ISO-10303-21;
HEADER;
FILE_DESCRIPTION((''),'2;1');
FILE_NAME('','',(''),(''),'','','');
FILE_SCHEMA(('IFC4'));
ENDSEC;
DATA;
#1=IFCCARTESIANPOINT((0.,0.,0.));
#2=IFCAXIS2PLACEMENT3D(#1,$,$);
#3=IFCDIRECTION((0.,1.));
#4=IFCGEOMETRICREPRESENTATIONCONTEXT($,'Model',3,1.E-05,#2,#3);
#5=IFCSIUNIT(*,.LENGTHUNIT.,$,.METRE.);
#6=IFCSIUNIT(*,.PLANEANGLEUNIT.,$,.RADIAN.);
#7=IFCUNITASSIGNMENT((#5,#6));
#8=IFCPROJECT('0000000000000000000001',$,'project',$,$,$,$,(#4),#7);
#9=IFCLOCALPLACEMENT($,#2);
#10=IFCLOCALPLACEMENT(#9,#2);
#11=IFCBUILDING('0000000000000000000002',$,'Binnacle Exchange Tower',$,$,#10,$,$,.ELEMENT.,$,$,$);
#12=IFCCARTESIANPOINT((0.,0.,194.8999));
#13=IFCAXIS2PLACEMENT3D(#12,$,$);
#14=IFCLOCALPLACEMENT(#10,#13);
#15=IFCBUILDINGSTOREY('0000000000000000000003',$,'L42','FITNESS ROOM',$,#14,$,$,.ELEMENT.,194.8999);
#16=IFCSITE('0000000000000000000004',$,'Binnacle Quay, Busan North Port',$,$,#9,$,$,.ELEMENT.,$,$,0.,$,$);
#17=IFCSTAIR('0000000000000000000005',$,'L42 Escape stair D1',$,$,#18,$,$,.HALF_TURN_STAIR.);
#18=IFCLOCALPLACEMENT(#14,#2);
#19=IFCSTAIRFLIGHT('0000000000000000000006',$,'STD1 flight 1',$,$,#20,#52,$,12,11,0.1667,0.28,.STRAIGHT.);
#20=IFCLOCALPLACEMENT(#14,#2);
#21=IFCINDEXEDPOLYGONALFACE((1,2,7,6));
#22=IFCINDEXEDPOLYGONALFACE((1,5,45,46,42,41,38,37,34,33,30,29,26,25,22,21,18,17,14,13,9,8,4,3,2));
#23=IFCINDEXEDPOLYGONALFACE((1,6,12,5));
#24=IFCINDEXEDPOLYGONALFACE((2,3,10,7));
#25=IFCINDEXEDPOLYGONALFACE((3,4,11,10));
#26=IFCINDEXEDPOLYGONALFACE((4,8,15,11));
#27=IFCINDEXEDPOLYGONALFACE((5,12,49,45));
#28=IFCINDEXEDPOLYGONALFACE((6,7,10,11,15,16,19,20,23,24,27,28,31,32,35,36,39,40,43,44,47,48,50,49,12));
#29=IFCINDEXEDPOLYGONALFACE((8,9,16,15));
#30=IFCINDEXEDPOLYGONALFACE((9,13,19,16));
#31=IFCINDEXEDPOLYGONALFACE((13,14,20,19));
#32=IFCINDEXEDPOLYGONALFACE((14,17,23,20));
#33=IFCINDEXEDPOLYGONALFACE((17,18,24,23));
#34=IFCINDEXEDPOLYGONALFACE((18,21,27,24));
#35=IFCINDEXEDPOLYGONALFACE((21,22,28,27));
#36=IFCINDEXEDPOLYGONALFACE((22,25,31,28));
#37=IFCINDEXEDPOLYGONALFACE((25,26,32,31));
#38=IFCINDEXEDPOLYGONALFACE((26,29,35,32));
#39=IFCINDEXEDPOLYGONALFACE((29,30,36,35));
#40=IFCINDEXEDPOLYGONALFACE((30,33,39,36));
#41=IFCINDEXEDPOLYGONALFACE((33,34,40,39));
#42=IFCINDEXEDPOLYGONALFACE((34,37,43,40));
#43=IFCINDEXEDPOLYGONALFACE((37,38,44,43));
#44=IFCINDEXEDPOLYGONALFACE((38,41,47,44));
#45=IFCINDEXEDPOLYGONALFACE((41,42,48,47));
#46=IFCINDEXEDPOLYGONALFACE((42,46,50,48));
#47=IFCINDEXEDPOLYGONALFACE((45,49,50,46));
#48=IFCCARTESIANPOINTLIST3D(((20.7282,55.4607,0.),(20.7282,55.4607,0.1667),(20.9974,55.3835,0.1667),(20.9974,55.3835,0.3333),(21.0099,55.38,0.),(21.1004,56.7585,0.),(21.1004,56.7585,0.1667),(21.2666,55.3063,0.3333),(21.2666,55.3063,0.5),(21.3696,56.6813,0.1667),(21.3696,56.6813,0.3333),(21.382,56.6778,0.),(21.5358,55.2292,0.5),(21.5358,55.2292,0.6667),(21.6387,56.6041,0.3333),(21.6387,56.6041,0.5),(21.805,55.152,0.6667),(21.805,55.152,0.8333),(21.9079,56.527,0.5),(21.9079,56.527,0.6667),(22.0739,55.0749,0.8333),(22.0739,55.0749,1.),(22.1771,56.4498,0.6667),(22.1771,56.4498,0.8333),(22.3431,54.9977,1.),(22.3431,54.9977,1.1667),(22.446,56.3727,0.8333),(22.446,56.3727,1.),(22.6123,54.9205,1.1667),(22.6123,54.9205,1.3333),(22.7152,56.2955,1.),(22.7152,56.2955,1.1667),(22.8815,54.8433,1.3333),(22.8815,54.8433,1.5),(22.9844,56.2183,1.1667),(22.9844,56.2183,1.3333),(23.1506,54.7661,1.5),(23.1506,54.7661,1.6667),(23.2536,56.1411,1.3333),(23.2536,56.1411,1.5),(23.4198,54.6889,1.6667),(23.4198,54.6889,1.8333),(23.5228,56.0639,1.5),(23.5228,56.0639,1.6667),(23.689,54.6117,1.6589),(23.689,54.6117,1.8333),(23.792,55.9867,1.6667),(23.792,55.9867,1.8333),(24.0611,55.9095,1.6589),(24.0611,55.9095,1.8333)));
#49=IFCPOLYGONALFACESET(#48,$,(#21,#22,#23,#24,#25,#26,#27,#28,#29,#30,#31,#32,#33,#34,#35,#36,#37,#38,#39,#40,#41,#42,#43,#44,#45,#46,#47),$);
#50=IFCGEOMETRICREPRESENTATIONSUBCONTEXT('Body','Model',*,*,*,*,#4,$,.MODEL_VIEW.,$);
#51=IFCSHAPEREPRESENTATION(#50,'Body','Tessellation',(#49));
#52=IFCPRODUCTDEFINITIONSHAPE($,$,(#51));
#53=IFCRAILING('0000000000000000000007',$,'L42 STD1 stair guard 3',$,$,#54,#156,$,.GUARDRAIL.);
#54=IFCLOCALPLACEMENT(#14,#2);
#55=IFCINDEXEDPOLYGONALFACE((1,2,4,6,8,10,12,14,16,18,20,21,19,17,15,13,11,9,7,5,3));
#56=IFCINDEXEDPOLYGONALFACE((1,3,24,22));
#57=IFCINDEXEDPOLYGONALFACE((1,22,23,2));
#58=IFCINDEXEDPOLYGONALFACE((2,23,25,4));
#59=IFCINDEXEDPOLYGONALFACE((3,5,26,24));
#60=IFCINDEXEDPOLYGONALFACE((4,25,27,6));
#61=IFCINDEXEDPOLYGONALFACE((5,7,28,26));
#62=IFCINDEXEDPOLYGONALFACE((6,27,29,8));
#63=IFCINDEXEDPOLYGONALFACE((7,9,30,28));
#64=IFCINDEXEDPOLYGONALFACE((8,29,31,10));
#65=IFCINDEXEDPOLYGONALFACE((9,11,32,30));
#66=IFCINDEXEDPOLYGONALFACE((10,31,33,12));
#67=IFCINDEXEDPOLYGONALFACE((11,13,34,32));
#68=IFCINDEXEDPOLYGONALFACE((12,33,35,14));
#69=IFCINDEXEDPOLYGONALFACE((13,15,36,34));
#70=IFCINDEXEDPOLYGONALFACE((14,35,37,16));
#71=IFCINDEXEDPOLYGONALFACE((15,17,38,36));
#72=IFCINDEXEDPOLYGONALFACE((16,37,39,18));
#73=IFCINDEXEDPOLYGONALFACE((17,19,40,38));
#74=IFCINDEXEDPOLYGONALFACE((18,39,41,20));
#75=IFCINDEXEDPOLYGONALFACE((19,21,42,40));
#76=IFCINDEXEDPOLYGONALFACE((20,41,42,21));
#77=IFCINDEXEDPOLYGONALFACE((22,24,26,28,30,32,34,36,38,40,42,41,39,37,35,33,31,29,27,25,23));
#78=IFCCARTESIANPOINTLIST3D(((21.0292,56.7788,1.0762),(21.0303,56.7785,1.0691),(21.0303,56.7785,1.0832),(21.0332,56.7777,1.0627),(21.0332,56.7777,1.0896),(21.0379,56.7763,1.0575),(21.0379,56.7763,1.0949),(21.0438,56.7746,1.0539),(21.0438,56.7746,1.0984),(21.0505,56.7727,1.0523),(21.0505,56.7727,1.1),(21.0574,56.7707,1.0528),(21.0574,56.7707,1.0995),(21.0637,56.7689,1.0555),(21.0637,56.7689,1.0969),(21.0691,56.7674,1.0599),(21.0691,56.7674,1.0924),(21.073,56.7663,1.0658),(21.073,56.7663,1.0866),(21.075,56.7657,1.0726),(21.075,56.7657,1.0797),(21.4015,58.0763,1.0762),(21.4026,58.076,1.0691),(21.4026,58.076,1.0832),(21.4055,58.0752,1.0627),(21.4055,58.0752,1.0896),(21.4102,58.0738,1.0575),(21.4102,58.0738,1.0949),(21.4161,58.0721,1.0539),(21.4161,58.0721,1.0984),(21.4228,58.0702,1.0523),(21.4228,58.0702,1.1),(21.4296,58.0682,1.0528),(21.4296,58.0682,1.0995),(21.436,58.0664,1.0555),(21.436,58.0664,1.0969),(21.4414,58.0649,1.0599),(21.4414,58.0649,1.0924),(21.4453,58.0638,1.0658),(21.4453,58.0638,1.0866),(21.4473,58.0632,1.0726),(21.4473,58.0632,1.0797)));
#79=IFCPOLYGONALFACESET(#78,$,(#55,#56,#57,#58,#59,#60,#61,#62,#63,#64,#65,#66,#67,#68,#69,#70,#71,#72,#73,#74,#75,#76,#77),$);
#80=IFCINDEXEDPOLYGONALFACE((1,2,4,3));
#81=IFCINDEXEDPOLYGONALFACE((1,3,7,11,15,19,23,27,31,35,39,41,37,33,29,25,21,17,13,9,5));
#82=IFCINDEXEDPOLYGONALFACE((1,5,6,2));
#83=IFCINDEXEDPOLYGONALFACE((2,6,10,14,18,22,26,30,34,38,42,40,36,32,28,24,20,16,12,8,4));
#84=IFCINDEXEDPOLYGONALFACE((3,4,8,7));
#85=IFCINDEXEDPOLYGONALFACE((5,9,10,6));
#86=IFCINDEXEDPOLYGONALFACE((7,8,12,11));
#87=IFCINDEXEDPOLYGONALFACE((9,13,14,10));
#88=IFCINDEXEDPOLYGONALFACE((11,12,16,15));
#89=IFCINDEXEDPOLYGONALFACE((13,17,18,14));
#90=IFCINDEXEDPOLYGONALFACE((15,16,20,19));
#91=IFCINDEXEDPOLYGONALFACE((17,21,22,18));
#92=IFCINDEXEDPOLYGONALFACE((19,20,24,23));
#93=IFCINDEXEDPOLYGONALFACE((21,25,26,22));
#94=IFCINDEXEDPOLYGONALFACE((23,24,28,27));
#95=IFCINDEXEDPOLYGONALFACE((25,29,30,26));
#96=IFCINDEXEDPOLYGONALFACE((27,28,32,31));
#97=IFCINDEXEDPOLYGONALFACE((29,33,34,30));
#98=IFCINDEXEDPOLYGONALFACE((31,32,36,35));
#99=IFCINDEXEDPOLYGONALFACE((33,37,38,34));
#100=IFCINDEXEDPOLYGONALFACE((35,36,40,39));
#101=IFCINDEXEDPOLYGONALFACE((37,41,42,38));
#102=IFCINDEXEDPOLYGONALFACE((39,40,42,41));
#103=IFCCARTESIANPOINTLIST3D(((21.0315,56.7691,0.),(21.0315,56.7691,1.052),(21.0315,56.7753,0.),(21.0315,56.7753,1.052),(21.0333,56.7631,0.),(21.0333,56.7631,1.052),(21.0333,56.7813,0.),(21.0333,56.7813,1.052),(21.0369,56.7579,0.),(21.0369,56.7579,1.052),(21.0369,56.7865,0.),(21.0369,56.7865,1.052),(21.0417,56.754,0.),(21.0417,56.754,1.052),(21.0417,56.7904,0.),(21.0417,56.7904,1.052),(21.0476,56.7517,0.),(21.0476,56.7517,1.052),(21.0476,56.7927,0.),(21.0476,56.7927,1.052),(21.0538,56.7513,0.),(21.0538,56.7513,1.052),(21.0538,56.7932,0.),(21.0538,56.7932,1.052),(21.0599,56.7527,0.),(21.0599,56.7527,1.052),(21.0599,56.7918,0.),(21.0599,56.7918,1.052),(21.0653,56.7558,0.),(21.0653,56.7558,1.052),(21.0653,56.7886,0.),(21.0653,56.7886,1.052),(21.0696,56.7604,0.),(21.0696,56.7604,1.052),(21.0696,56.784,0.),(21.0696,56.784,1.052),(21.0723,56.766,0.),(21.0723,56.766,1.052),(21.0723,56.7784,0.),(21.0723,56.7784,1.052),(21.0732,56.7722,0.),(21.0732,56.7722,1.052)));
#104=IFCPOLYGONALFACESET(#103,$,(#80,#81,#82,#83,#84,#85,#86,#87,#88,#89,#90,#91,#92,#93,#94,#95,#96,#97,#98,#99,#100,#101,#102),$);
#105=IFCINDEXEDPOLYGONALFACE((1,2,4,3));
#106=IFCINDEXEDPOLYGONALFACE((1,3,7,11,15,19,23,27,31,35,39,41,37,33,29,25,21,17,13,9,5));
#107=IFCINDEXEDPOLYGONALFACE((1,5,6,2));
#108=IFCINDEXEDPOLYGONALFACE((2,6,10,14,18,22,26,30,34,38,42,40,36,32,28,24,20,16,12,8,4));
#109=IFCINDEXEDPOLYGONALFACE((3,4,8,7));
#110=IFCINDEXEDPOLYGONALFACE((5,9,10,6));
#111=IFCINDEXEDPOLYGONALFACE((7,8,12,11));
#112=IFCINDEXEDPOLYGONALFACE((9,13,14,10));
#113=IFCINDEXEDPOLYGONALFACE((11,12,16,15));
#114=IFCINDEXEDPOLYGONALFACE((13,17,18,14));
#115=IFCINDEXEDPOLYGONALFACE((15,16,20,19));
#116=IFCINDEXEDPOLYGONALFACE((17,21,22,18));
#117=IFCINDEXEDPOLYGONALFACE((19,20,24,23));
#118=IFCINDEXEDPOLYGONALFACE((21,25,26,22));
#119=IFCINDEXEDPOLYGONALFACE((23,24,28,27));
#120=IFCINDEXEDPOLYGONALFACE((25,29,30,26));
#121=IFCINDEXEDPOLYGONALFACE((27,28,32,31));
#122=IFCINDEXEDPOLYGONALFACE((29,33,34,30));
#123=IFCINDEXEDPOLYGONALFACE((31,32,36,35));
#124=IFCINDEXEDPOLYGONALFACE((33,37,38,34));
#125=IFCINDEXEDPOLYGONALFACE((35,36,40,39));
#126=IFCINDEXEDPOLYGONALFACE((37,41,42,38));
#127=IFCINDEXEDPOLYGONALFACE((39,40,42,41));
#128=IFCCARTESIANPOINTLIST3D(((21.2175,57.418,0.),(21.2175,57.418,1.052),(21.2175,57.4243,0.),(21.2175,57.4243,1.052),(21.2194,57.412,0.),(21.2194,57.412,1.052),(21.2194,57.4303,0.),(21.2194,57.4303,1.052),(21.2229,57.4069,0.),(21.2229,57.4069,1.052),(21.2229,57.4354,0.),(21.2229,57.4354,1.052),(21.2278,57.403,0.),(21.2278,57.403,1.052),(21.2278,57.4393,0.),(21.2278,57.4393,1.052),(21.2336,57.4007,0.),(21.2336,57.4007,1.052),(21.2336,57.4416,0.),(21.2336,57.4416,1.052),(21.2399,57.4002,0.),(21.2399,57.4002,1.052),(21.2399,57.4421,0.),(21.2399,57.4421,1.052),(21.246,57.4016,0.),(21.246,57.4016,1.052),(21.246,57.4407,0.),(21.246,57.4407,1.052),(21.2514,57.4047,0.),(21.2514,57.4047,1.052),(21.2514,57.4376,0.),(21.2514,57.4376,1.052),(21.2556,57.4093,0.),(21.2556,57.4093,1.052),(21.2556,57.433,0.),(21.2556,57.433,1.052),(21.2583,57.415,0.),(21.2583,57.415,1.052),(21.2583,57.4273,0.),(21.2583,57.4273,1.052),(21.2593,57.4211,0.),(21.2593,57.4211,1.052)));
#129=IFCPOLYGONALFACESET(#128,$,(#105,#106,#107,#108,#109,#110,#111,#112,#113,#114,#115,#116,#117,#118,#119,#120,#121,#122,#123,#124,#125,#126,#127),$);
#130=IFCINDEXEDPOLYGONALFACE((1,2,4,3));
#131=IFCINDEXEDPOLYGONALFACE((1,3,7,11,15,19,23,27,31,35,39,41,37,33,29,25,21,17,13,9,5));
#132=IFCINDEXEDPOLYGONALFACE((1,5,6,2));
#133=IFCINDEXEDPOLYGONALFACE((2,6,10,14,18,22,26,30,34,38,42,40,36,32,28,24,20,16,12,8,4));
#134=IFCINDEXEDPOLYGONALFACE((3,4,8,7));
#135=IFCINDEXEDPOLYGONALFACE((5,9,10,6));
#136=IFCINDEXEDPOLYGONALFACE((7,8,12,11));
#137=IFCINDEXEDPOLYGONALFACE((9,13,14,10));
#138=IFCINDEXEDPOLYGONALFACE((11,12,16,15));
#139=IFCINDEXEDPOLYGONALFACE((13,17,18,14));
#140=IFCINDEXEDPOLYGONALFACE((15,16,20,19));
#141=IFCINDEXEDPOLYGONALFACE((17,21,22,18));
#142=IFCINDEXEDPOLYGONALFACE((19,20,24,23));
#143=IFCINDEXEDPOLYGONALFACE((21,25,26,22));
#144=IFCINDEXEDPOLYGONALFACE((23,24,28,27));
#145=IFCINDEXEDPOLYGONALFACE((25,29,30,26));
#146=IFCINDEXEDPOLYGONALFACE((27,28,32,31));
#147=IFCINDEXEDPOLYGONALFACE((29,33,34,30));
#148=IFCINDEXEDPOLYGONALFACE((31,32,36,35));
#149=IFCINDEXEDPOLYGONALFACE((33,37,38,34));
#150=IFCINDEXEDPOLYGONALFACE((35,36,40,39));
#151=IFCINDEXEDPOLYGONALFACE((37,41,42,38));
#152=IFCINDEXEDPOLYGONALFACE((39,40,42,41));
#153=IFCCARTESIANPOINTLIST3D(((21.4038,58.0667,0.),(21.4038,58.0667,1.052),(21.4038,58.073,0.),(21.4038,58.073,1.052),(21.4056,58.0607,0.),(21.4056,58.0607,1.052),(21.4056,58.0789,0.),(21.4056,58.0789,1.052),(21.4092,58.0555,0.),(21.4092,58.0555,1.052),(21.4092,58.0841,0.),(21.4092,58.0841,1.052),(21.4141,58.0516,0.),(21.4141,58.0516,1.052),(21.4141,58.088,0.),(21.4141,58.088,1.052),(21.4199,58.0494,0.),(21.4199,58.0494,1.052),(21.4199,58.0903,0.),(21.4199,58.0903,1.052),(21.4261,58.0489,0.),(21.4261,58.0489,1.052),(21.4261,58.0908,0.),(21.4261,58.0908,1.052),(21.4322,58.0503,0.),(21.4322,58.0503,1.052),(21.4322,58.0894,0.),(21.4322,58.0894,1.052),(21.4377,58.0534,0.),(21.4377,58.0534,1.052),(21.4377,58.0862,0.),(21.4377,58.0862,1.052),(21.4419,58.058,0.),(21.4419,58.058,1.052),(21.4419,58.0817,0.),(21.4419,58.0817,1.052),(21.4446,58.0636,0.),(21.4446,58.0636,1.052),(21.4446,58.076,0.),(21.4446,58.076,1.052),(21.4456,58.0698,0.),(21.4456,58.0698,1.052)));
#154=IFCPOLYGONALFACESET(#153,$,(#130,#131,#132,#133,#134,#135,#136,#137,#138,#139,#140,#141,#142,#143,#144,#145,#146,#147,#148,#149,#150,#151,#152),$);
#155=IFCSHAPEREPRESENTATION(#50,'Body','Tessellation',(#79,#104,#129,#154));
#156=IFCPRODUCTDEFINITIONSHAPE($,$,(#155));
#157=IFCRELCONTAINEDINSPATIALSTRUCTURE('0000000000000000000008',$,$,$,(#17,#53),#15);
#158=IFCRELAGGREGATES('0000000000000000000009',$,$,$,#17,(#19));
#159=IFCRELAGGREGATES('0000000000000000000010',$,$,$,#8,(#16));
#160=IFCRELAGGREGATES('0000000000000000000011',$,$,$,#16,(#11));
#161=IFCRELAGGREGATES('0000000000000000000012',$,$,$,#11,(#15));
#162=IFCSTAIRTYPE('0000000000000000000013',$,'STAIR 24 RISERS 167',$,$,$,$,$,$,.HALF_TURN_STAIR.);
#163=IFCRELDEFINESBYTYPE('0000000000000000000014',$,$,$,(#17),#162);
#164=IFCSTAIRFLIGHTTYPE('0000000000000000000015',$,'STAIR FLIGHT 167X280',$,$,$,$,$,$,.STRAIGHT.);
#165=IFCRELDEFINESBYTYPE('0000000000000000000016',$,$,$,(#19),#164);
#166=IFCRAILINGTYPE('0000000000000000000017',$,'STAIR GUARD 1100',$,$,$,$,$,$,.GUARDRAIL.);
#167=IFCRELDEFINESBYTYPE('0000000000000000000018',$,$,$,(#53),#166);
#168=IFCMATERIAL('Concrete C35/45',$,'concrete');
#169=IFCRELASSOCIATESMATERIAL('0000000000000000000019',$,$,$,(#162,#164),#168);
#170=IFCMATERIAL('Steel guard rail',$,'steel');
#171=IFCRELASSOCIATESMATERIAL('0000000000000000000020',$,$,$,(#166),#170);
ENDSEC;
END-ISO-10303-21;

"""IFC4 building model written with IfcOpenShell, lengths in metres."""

from ifc_helpers import new_model, si_unit, direction, frame, origin, origin_2d, place, context, subcontext, project, spatial, polyline, circle, outline, extrude, material, type_object, element, aggregate, save


model = new_model("IFC4")

# Units and contexts
model_context = context("Model", 3, precision=1e-05, world=origin(), true_north=direction((0.0, 1.0)))
body_context = subcontext(model_context, "Body", "Model", "MODEL_VIEW")
ifc_project = project(units=[si_unit("LENGTHUNIT", "METRE"), si_unit("PLANEANGLEUNIT", "RADIAN")], contexts=[model_context])

# Site, building, storey
site_placement = place(None, origin())
site = spatial("IfcSite", under=ifc_project, at=site_placement, Name="Binnacle Quay, Busan North Port", CompositionType="ELEMENT", RefElevation=0.0)
building_placement = place(site_placement, origin())
building = spatial("IfcBuilding", under=site, at=building_placement, Name="Binnacle Exchange Tower", CompositionType="ELEMENT")
storey_placement = place(building_placement, frame((0.0, 0.0, 194.8999)))
storey = spatial("IfcBuildingStorey", under=building, at=storey_placement, Name="L42", Description="FITNESS ROOM", CompositionType="ELEMENT", Elevation=194.8999)

# Stair, stair flight
ifc_material_1 = material(Name="Concrete C35/45", Category="concrete")
stair_type = type_object("IfcStairType", Name="STAIR 24 RISERS 167", PredefinedType="HALF_TURN_STAIR", material=ifc_material_1)
stair_placement = place(storey_placement, origin())
stair = element("IfcStair", 1, at=stair_placement, inside=storey, type_object=stair_type, Name="L42 Escape stair D1", PredefinedType="HALF_TURN_STAIR")
stair_flight_type = type_object("IfcStairFlightType", Name="STAIR FLIGHT 167X280", PredefinedType="STRAIGHT", material=ifc_material_1)
stair_flight_placement = place(storey_placement, frame((20.9143, 56.1096, 0.0), z_axis=(0.0, 0.0, 1.0), x_axis=(0.961262, -0.275637, 0.0)))
stair_flight = element("IfcStairFlight", 2, at=stair_flight_placement, type_object=stair_flight_type, Name="STD1 flight 1", NumberOfRisers=12, NumberOfTreads=11, PredefinedType="STRAIGHT", RiserHeight=0.1667, TreadLength=0.28, context=body_context, shape_type="SweptSolid", body=[
    extrude(outline(polyline([(0.0, 0.0), (0.0, 0.1667), (0.28, 0.1667), (0.28, 0.3333), (0.5601, 0.3333), (0.5601, 0.5), (0.8401, 0.5), (0.8401, 0.6667), (1.1201, 0.6667), (1.1201, 0.8333), (1.3999, 0.8333), (1.3999, 1.0), (1.6799, 1.0), (1.6799, 1.1667), (1.96, 1.1667), (1.96, 1.3333), (2.24, 1.3333), (2.24, 1.5), (2.52, 1.5), (2.52, 1.6667), (2.8, 1.6667), (2.8, 1.8333), (3.0801, 1.8333), (3.0801, 2.0), (3.0801, 1.6589), (0.293, 0.0), (0.0, 0.0)])), frame((0.0, 0.675, 0.0), z_axis=(0.0, -1.0, 0.0), x_axis=(1.0, 0.0, 0.0)), (0.0, 0.0, 1.0), 1.3501),
])
aggregate(stair, [stair_flight])

# Railing
ifc_material_2 = material(Name="Steel guard rail", Category="steel")
railing_type_1 = type_object("IfcRailingType", Name="STAIR GUARD 1100", PredefinedType="GUARDRAIL", material=ifc_material_2)
railing_1_placement = place(storey_placement, frame((21.0522, 56.7722, 0.0)))
element("IfcRailing", 3, at=railing_1_placement, inside=storey, type_object=railing_type_1, Name="L42 STD1 stair guard 3", PredefinedType="GUARDRAIL", context=body_context, shape_type="SweptSolid", body=[
    extrude(circle(Radius=0.0239, at=origin_2d()), frame((0.0, 0.0, 1.0762), z_axis=(0.275796, 0.961216, 0.0), x_axis=(-0.961216, 0.275796, 0.0)), (0.0, 0.0, 1.0), 1.3499),
    extrude(circle(Radius=0.021, at=origin_2d()), origin(), (0.0, 0.0, 1.0), 1.052),
    extrude(circle(Radius=0.021, at=origin_2d()), frame((0.186, 0.6489, 0.0)), (0.0, 0.0, 1.0), 1.052),
    extrude(circle(Radius=0.021, at=origin_2d()), frame((0.3723, 1.2976, 0.0)), (0.0, 0.0, 1.0), 1.052),
])

save(model, "model.ifc")
